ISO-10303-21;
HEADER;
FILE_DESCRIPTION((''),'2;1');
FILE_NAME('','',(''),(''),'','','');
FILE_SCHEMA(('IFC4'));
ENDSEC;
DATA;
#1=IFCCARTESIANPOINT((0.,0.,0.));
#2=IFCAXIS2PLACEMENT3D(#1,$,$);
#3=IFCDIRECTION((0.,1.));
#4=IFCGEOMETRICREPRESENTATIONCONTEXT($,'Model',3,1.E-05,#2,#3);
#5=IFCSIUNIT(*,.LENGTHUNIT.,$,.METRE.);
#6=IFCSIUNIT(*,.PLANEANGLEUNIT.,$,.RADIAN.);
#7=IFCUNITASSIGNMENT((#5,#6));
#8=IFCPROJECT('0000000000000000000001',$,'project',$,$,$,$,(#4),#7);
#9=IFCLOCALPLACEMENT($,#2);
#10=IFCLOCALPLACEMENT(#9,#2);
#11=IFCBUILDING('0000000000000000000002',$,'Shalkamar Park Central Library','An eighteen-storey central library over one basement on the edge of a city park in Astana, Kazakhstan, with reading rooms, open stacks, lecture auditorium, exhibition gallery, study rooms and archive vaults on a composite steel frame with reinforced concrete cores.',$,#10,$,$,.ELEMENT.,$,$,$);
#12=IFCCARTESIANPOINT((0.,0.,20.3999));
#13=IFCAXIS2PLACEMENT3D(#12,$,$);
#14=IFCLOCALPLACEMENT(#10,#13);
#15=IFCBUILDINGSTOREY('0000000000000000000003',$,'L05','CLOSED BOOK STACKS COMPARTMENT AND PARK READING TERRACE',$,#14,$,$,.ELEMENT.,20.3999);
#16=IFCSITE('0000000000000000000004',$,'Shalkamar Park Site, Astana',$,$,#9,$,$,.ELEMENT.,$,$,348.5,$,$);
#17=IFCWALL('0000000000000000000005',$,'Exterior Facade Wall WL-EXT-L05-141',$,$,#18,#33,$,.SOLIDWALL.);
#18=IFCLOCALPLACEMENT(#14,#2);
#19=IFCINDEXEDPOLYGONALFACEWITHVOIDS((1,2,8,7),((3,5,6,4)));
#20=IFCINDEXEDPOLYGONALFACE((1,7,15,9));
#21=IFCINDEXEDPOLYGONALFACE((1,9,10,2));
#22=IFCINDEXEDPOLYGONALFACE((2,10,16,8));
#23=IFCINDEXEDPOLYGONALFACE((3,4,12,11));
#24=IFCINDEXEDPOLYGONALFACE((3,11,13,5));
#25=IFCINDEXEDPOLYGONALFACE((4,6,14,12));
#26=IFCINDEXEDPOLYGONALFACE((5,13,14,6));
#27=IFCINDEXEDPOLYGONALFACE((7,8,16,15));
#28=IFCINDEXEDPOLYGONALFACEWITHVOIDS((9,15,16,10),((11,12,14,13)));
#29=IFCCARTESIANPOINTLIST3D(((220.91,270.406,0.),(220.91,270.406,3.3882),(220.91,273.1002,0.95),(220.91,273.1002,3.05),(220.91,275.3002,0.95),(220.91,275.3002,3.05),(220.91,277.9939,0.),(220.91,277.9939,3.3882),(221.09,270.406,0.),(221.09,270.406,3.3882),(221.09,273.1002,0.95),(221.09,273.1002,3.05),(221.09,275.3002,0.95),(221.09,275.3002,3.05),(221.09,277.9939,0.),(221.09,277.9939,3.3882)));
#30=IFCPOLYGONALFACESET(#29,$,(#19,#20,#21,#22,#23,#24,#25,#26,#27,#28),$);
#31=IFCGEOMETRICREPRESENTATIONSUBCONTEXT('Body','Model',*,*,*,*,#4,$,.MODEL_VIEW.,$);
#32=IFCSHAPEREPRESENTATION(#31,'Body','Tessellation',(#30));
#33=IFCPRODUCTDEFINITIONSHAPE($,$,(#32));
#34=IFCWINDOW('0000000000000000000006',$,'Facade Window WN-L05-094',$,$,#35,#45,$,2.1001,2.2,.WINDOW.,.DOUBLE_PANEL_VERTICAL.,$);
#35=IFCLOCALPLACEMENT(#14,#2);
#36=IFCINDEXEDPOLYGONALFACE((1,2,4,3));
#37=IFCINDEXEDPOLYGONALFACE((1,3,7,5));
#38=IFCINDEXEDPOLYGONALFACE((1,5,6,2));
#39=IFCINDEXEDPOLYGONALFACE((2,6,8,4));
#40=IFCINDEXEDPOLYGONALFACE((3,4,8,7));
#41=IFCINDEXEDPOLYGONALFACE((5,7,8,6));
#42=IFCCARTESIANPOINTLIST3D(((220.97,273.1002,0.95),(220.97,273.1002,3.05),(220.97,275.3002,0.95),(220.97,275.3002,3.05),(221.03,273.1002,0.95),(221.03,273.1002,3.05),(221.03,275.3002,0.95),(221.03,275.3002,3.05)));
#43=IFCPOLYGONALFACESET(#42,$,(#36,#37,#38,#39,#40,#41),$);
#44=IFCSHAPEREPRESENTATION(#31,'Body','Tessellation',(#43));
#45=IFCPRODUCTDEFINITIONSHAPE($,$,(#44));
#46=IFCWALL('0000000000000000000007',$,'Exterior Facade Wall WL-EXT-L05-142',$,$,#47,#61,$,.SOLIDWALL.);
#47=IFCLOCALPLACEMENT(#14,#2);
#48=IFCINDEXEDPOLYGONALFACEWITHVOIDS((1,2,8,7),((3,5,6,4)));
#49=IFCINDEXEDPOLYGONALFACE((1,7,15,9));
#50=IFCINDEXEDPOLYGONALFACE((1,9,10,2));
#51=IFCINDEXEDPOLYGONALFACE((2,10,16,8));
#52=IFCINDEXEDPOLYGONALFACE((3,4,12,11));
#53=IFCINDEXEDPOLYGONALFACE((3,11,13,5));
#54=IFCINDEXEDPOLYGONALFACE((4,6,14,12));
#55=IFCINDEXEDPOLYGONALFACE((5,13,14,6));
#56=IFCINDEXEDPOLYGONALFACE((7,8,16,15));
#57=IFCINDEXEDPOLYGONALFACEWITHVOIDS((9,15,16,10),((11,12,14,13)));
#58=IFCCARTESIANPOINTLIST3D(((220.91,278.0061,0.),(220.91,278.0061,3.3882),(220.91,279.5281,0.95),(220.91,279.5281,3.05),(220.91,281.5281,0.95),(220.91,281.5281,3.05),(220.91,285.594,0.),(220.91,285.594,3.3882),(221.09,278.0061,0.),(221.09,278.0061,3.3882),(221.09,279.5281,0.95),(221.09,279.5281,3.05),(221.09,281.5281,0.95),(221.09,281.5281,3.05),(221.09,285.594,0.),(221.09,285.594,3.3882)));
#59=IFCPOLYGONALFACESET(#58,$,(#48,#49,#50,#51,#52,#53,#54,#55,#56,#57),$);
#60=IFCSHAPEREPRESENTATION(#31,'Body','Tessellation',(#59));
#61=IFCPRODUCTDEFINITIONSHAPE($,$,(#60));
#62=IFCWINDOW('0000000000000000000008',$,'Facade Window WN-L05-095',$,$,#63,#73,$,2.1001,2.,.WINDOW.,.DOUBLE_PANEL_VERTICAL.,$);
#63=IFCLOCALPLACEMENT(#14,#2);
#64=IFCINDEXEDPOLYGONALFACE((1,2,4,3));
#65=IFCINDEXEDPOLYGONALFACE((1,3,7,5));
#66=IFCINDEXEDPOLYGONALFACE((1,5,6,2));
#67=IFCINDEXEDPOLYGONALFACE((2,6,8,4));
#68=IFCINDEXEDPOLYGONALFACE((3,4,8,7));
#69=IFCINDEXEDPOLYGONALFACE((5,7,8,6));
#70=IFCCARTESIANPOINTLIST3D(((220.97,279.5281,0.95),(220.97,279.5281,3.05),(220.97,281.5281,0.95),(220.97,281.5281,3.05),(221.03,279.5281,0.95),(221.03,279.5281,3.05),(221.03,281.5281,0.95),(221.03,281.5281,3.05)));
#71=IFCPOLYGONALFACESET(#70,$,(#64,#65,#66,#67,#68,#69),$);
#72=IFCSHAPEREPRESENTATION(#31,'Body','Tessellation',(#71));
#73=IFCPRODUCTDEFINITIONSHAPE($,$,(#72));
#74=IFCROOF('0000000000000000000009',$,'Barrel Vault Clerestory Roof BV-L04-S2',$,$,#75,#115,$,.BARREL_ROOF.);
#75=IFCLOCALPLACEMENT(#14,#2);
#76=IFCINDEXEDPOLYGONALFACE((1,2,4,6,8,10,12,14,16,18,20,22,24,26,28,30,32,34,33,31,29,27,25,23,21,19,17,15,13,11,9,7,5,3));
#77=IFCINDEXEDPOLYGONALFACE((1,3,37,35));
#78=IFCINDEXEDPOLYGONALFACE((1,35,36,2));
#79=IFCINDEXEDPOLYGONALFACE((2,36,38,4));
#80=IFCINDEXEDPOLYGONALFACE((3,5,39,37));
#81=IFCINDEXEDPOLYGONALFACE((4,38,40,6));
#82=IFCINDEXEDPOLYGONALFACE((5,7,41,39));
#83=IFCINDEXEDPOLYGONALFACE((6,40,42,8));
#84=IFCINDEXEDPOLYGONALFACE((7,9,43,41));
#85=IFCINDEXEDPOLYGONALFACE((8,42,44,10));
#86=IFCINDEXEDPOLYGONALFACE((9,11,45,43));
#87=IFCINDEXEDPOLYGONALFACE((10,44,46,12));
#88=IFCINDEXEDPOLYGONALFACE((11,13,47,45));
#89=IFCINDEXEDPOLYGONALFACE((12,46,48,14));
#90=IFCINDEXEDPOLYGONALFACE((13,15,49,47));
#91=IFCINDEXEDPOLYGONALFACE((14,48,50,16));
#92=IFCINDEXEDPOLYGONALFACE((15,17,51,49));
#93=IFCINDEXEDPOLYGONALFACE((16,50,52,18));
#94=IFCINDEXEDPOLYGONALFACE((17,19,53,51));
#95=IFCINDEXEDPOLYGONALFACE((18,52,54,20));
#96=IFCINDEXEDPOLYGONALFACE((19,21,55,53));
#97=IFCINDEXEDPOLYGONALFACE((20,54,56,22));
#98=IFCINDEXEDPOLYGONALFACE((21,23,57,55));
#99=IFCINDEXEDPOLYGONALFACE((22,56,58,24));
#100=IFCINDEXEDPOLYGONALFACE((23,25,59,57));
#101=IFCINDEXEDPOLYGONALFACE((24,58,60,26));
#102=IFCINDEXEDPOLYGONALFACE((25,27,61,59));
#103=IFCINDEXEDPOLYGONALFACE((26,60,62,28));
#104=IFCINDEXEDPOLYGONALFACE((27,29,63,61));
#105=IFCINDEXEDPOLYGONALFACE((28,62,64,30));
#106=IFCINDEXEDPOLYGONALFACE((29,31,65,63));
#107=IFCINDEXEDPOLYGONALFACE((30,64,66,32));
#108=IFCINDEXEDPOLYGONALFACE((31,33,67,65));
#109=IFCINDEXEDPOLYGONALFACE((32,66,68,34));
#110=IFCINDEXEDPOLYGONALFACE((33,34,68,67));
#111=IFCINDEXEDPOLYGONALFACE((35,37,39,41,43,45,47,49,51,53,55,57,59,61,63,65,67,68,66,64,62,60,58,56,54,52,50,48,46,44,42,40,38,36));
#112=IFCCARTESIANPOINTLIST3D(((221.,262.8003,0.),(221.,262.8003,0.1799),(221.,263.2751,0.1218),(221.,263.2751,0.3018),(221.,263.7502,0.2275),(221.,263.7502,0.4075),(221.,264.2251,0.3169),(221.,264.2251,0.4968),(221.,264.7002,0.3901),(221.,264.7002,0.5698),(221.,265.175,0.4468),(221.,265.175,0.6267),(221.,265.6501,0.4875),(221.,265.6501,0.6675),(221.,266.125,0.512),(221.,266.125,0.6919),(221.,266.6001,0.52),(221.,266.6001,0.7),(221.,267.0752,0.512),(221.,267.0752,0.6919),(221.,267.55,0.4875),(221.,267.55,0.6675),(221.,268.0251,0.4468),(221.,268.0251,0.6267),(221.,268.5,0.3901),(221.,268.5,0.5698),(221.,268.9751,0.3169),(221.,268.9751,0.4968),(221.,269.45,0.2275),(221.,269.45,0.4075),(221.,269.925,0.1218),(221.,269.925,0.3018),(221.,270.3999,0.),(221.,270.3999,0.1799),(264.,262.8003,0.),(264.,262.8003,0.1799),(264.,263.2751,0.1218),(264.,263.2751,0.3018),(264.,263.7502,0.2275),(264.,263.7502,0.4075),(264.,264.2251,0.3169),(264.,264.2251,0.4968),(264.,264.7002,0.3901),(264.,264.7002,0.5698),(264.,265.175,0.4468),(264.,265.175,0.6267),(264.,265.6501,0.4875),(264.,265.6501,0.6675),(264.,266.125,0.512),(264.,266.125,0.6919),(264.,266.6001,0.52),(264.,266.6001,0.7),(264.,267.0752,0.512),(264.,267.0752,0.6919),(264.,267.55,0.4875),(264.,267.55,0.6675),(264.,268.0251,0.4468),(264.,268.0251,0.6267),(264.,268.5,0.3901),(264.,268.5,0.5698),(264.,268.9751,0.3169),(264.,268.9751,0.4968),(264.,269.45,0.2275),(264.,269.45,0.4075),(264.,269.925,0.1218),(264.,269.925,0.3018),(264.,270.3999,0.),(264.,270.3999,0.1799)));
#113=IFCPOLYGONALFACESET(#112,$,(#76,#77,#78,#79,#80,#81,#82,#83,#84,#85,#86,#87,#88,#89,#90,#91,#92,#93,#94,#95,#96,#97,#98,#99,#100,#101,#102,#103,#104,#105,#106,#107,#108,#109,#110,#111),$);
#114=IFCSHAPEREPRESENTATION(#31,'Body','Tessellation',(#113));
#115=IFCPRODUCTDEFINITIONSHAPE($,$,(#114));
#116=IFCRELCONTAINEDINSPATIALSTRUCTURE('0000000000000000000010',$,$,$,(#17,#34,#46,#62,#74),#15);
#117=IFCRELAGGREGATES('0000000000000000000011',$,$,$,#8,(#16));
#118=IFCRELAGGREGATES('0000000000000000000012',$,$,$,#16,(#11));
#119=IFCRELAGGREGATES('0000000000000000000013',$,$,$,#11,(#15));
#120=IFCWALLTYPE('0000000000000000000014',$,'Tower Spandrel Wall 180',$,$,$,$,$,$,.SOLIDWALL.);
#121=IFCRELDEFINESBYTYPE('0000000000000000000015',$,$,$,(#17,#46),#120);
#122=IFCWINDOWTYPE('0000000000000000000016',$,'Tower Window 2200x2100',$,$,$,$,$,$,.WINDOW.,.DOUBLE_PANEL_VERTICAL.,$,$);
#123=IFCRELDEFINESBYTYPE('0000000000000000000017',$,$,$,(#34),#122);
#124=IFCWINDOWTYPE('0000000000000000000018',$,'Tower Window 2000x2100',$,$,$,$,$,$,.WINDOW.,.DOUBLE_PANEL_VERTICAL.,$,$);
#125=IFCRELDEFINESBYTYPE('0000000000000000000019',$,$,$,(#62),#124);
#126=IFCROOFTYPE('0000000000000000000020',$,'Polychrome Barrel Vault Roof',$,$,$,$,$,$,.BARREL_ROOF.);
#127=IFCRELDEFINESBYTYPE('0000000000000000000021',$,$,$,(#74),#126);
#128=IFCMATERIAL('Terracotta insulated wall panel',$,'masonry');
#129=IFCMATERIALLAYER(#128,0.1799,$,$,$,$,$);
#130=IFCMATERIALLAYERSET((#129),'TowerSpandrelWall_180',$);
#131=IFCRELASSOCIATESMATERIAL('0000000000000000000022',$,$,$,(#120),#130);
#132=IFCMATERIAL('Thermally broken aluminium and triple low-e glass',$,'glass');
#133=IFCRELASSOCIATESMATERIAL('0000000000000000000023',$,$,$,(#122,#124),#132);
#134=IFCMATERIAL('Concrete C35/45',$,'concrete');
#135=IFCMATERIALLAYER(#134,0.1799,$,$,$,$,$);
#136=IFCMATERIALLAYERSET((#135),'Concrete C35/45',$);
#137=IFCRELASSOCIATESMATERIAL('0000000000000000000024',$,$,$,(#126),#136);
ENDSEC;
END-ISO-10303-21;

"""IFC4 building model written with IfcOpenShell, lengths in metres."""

from ifc_helpers import new_model, si_unit, direction, frame, frame_2d, origin, place, context, subcontext, project, spatial, polyline, rectangle, outline, extrude, material, layer, layer_set, type_object, element, fill, save


model = new_model("IFC4")

# Units and contexts
model_context = context("Model", 3, precision=1e-05, world=origin(), true_north=direction((0.0, 1.0)))
body_context = subcontext(model_context, "Body", "Model", "MODEL_VIEW")
ifc_project = project(units=[si_unit("LENGTHUNIT", "METRE"), si_unit("PLANEANGLEUNIT", "RADIAN")], contexts=[model_context])

# Site, building, storey
site_placement = place(None, origin())
site = spatial("IfcSite", under=ifc_project, at=site_placement, Name="Shalkamar Park Site, Astana", CompositionType="ELEMENT", RefElevation=348.5)
building_placement = place(site_placement, origin())
building = spatial("IfcBuilding", under=site, at=building_placement, Name="Shalkamar Park Central Library", Description="An eighteen-storey central library over one basement on the edge of a city park in Astana, Kazakhstan, with reading rooms, open stacks, lecture auditorium, exhibition gallery, study rooms and archive vaults on a composite steel frame with reinforced concrete cores.", CompositionType="ELEMENT")
storey_placement = place(building_placement, frame((0.0, 0.0, 20.3999)))
storey = spatial("IfcBuildingStorey", under=building, at=storey_placement, Name="L05", Description="CLOSED BOOK STACKS COMPARTMENT AND PARK READING TERRACE", CompositionType="ELEMENT", Elevation=20.3999)

# Walls, openings, windows
ifc_material_1 = material(Name="Terracotta insulated wall panel", Category="masonry")
ifc_layer_1 = layer(ifc_material_1, 0.1799)
ifc_layer_set_1 = layer_set([ifc_layer_1], Name="TowerSpandrelWall_180")
wall_type = type_object("IfcWallType", Name="Tower Spandrel Wall 180", PredefinedType="SOLIDWALL", material=ifc_layer_set_1)
ifc_material_2 = material(Name="Thermally broken aluminium and triple low-e glass", Category="glass")
wall_1_placement = place(storey_placement, frame((221.0, 270.406, 0.0), z_axis=(0.0, 0.0, 1.0), x_axis=(0.0, 1.0, 0.0)))
wall_1 = element("IfcWall", 1, at=wall_1_placement, inside=storey, type_object=wall_type, Name="Exterior Facade Wall WL-EXT-L05-141", PredefinedType="SOLIDWALL", context=body_context, shape_type="SweptSolid", body=[
    extrude(rectangle(XDim=7.5879, YDim=0.1799, at=frame_2d((3.7939, 0.0))), origin(), (0.0, 0.0, 1.0), 3.3882),
])
opening_1_placement = place(wall_1_placement, frame((2.6941, 0.0, 0.95)))
opening_1 = element("IfcOpeningElement", 2, at=opening_1_placement, cuts=wall_1, PredefinedType="OPENING", context=body_context, shape_type="SweptSolid", body=[
    extrude(rectangle(XDim=2.2, YDim=2.1001, at=frame_2d((1.1001, 1.05))), frame((0.0, 0.105, 0.0), z_axis=(0.0, -1.0, 0.0), x_axis=(1.0, 0.0, 0.0)), (0.0, 0.0, 1.0), 0.2097),
])
window_type_1 = type_object("IfcWindowType", Name="Tower Window 2200x2100", PartitioningType="DOUBLE_PANEL_VERTICAL", PredefinedType="WINDOW", material=ifc_material_2)
window_1_placement = place(opening_1_placement, origin())
window_1 = element("IfcWindow", 3, at=window_1_placement, inside=storey, type_object=window_type_1, Name="Facade Window WN-L05-094", OverallHeight=2.1001, OverallWidth=2.2, PartitioningType="DOUBLE_PANEL_VERTICAL", PredefinedType="WINDOW", context=body_context, shape_type="SweptSolid", body=[
    extrude(rectangle(XDim=2.2, YDim=2.1001, at=frame_2d((1.1001, 1.05))), frame((0.0, 0.03, 0.0), z_axis=(0.0, -1.0, 0.0), x_axis=(1.0, 0.0, 0.0)), (0.0, 0.0, 1.0), 0.0601),
])
fill(opening_1, window_1)
wall_2_placement = place(storey_placement, frame((221.0, 278.0061, 0.0), z_axis=(0.0, 0.0, 1.0), x_axis=(0.0, 1.0, 0.0)))
wall_2 = element("IfcWall", 4, at=wall_2_placement, inside=storey, type_object=wall_type, Name="Exterior Facade Wall WL-EXT-L05-142", PredefinedType="SOLIDWALL", context=body_context, shape_type="SweptSolid", body=[
    extrude(rectangle(XDim=7.5879, YDim=0.1799, at=frame_2d((3.7939, 0.0))), origin(), (0.0, 0.0, 1.0), 3.3882),
])
opening_2_placement = place(wall_2_placement, frame((1.522, 0.0, 0.95)))
opening_2 = element("IfcOpeningElement", 5, at=opening_2_placement, cuts=wall_2, PredefinedType="OPENING", context=body_context, shape_type="SweptSolid", body=[
    extrude(rectangle(XDim=2.0, YDim=2.1001, at=frame_2d((1.0, 1.05))), frame((0.0, 0.105, 0.0), z_axis=(0.0, -1.0, 0.0), x_axis=(1.0, 0.0, 0.0)), (0.0, 0.0, 1.0), 0.2097),
])
window_type_2 = type_object("IfcWindowType", Name="Tower Window 2000x2100", PartitioningType="DOUBLE_PANEL_VERTICAL", PredefinedType="WINDOW", material=ifc_material_2)
window_2_placement = place(opening_2_placement, origin())
window_2 = element("IfcWindow", 6, at=window_2_placement, inside=storey, type_object=window_type_2, Name="Facade Window WN-L05-095", OverallHeight=2.1001, OverallWidth=2.0, PartitioningType="DOUBLE_PANEL_VERTICAL", PredefinedType="WINDOW", context=body_context, shape_type="SweptSolid", body=[
    extrude(rectangle(XDim=2.0, YDim=2.1001, at=frame_2d((1.0, 1.05))), frame((0.0, 0.03, 0.0), z_axis=(0.0, -1.0, 0.0), x_axis=(1.0, 0.0, 0.0)), (0.0, 0.0, 1.0), 0.0601),
])
fill(opening_2, window_2)

# Roof
ifc_material_3 = material(Name="Concrete C35/45", Category="concrete")
ifc_layer_2 = layer(ifc_material_3, 0.1799)
ifc_layer_set_2 = layer_set([ifc_layer_2], Name="Concrete C35/45")
roof_type = type_object("IfcRoofType", Name="Polychrome Barrel Vault Roof", PredefinedType="BARREL_ROOF", material=ifc_layer_set_2)
roof_placement = place(storey_placement, frame((221.0, 266.6001, 0.0), z_axis=(0.0, 0.0, 1.0), x_axis=(1.0, 0.0, 0.0)))
element("IfcRoof", 7, at=roof_placement, inside=storey, type_object=roof_type, Name="Barrel Vault Clerestory Roof BV-L04-S2", PredefinedType="BARREL_ROOF", context=body_context, shape_type="SweptSolid", body=[
    extrude(outline(polyline([(-3.7998, 0.1799), (-3.325, 0.3018), (-2.8499, 0.4075), (-2.375, 0.4968), (-1.8999, 0.5698), (-1.425, 0.6267), (-0.95, 0.6675), (-0.4751, 0.6919), (0.0, 0.7), (0.4751, 0.6919), (0.95, 0.6675), (1.425, 0.6267), (1.8999, 0.5698), (2.375, 0.4968), (2.8499, 0.4075), (3.325, 0.3018), (3.7998, 0.1799), (3.7998, 0.0), (3.325, 0.1218), (2.8499, 0.2275), (2.375, 0.3169), (1.8999, 0.3901), (1.425, 0.4468), (0.95, 0.4875), (0.4751, 0.512), (0.0, 0.52), (-0.4751, 0.512), (-0.95, 0.4875), (-1.425, 0.4468), (-1.8999, 0.3901), (-2.375, 0.3169), (-2.8499, 0.2275), (-3.325, 0.1218), (-3.7998, 0.0), (-3.7998, 0.1799)])), frame((0.0, 0.0, 0.0), z_axis=(1.0, 0.0, 0.0), x_axis=(0.0, 1.0, 0.0)), (0.0, 0.0, 1.0), 43.0),
])

save(model, "model.ifc")
